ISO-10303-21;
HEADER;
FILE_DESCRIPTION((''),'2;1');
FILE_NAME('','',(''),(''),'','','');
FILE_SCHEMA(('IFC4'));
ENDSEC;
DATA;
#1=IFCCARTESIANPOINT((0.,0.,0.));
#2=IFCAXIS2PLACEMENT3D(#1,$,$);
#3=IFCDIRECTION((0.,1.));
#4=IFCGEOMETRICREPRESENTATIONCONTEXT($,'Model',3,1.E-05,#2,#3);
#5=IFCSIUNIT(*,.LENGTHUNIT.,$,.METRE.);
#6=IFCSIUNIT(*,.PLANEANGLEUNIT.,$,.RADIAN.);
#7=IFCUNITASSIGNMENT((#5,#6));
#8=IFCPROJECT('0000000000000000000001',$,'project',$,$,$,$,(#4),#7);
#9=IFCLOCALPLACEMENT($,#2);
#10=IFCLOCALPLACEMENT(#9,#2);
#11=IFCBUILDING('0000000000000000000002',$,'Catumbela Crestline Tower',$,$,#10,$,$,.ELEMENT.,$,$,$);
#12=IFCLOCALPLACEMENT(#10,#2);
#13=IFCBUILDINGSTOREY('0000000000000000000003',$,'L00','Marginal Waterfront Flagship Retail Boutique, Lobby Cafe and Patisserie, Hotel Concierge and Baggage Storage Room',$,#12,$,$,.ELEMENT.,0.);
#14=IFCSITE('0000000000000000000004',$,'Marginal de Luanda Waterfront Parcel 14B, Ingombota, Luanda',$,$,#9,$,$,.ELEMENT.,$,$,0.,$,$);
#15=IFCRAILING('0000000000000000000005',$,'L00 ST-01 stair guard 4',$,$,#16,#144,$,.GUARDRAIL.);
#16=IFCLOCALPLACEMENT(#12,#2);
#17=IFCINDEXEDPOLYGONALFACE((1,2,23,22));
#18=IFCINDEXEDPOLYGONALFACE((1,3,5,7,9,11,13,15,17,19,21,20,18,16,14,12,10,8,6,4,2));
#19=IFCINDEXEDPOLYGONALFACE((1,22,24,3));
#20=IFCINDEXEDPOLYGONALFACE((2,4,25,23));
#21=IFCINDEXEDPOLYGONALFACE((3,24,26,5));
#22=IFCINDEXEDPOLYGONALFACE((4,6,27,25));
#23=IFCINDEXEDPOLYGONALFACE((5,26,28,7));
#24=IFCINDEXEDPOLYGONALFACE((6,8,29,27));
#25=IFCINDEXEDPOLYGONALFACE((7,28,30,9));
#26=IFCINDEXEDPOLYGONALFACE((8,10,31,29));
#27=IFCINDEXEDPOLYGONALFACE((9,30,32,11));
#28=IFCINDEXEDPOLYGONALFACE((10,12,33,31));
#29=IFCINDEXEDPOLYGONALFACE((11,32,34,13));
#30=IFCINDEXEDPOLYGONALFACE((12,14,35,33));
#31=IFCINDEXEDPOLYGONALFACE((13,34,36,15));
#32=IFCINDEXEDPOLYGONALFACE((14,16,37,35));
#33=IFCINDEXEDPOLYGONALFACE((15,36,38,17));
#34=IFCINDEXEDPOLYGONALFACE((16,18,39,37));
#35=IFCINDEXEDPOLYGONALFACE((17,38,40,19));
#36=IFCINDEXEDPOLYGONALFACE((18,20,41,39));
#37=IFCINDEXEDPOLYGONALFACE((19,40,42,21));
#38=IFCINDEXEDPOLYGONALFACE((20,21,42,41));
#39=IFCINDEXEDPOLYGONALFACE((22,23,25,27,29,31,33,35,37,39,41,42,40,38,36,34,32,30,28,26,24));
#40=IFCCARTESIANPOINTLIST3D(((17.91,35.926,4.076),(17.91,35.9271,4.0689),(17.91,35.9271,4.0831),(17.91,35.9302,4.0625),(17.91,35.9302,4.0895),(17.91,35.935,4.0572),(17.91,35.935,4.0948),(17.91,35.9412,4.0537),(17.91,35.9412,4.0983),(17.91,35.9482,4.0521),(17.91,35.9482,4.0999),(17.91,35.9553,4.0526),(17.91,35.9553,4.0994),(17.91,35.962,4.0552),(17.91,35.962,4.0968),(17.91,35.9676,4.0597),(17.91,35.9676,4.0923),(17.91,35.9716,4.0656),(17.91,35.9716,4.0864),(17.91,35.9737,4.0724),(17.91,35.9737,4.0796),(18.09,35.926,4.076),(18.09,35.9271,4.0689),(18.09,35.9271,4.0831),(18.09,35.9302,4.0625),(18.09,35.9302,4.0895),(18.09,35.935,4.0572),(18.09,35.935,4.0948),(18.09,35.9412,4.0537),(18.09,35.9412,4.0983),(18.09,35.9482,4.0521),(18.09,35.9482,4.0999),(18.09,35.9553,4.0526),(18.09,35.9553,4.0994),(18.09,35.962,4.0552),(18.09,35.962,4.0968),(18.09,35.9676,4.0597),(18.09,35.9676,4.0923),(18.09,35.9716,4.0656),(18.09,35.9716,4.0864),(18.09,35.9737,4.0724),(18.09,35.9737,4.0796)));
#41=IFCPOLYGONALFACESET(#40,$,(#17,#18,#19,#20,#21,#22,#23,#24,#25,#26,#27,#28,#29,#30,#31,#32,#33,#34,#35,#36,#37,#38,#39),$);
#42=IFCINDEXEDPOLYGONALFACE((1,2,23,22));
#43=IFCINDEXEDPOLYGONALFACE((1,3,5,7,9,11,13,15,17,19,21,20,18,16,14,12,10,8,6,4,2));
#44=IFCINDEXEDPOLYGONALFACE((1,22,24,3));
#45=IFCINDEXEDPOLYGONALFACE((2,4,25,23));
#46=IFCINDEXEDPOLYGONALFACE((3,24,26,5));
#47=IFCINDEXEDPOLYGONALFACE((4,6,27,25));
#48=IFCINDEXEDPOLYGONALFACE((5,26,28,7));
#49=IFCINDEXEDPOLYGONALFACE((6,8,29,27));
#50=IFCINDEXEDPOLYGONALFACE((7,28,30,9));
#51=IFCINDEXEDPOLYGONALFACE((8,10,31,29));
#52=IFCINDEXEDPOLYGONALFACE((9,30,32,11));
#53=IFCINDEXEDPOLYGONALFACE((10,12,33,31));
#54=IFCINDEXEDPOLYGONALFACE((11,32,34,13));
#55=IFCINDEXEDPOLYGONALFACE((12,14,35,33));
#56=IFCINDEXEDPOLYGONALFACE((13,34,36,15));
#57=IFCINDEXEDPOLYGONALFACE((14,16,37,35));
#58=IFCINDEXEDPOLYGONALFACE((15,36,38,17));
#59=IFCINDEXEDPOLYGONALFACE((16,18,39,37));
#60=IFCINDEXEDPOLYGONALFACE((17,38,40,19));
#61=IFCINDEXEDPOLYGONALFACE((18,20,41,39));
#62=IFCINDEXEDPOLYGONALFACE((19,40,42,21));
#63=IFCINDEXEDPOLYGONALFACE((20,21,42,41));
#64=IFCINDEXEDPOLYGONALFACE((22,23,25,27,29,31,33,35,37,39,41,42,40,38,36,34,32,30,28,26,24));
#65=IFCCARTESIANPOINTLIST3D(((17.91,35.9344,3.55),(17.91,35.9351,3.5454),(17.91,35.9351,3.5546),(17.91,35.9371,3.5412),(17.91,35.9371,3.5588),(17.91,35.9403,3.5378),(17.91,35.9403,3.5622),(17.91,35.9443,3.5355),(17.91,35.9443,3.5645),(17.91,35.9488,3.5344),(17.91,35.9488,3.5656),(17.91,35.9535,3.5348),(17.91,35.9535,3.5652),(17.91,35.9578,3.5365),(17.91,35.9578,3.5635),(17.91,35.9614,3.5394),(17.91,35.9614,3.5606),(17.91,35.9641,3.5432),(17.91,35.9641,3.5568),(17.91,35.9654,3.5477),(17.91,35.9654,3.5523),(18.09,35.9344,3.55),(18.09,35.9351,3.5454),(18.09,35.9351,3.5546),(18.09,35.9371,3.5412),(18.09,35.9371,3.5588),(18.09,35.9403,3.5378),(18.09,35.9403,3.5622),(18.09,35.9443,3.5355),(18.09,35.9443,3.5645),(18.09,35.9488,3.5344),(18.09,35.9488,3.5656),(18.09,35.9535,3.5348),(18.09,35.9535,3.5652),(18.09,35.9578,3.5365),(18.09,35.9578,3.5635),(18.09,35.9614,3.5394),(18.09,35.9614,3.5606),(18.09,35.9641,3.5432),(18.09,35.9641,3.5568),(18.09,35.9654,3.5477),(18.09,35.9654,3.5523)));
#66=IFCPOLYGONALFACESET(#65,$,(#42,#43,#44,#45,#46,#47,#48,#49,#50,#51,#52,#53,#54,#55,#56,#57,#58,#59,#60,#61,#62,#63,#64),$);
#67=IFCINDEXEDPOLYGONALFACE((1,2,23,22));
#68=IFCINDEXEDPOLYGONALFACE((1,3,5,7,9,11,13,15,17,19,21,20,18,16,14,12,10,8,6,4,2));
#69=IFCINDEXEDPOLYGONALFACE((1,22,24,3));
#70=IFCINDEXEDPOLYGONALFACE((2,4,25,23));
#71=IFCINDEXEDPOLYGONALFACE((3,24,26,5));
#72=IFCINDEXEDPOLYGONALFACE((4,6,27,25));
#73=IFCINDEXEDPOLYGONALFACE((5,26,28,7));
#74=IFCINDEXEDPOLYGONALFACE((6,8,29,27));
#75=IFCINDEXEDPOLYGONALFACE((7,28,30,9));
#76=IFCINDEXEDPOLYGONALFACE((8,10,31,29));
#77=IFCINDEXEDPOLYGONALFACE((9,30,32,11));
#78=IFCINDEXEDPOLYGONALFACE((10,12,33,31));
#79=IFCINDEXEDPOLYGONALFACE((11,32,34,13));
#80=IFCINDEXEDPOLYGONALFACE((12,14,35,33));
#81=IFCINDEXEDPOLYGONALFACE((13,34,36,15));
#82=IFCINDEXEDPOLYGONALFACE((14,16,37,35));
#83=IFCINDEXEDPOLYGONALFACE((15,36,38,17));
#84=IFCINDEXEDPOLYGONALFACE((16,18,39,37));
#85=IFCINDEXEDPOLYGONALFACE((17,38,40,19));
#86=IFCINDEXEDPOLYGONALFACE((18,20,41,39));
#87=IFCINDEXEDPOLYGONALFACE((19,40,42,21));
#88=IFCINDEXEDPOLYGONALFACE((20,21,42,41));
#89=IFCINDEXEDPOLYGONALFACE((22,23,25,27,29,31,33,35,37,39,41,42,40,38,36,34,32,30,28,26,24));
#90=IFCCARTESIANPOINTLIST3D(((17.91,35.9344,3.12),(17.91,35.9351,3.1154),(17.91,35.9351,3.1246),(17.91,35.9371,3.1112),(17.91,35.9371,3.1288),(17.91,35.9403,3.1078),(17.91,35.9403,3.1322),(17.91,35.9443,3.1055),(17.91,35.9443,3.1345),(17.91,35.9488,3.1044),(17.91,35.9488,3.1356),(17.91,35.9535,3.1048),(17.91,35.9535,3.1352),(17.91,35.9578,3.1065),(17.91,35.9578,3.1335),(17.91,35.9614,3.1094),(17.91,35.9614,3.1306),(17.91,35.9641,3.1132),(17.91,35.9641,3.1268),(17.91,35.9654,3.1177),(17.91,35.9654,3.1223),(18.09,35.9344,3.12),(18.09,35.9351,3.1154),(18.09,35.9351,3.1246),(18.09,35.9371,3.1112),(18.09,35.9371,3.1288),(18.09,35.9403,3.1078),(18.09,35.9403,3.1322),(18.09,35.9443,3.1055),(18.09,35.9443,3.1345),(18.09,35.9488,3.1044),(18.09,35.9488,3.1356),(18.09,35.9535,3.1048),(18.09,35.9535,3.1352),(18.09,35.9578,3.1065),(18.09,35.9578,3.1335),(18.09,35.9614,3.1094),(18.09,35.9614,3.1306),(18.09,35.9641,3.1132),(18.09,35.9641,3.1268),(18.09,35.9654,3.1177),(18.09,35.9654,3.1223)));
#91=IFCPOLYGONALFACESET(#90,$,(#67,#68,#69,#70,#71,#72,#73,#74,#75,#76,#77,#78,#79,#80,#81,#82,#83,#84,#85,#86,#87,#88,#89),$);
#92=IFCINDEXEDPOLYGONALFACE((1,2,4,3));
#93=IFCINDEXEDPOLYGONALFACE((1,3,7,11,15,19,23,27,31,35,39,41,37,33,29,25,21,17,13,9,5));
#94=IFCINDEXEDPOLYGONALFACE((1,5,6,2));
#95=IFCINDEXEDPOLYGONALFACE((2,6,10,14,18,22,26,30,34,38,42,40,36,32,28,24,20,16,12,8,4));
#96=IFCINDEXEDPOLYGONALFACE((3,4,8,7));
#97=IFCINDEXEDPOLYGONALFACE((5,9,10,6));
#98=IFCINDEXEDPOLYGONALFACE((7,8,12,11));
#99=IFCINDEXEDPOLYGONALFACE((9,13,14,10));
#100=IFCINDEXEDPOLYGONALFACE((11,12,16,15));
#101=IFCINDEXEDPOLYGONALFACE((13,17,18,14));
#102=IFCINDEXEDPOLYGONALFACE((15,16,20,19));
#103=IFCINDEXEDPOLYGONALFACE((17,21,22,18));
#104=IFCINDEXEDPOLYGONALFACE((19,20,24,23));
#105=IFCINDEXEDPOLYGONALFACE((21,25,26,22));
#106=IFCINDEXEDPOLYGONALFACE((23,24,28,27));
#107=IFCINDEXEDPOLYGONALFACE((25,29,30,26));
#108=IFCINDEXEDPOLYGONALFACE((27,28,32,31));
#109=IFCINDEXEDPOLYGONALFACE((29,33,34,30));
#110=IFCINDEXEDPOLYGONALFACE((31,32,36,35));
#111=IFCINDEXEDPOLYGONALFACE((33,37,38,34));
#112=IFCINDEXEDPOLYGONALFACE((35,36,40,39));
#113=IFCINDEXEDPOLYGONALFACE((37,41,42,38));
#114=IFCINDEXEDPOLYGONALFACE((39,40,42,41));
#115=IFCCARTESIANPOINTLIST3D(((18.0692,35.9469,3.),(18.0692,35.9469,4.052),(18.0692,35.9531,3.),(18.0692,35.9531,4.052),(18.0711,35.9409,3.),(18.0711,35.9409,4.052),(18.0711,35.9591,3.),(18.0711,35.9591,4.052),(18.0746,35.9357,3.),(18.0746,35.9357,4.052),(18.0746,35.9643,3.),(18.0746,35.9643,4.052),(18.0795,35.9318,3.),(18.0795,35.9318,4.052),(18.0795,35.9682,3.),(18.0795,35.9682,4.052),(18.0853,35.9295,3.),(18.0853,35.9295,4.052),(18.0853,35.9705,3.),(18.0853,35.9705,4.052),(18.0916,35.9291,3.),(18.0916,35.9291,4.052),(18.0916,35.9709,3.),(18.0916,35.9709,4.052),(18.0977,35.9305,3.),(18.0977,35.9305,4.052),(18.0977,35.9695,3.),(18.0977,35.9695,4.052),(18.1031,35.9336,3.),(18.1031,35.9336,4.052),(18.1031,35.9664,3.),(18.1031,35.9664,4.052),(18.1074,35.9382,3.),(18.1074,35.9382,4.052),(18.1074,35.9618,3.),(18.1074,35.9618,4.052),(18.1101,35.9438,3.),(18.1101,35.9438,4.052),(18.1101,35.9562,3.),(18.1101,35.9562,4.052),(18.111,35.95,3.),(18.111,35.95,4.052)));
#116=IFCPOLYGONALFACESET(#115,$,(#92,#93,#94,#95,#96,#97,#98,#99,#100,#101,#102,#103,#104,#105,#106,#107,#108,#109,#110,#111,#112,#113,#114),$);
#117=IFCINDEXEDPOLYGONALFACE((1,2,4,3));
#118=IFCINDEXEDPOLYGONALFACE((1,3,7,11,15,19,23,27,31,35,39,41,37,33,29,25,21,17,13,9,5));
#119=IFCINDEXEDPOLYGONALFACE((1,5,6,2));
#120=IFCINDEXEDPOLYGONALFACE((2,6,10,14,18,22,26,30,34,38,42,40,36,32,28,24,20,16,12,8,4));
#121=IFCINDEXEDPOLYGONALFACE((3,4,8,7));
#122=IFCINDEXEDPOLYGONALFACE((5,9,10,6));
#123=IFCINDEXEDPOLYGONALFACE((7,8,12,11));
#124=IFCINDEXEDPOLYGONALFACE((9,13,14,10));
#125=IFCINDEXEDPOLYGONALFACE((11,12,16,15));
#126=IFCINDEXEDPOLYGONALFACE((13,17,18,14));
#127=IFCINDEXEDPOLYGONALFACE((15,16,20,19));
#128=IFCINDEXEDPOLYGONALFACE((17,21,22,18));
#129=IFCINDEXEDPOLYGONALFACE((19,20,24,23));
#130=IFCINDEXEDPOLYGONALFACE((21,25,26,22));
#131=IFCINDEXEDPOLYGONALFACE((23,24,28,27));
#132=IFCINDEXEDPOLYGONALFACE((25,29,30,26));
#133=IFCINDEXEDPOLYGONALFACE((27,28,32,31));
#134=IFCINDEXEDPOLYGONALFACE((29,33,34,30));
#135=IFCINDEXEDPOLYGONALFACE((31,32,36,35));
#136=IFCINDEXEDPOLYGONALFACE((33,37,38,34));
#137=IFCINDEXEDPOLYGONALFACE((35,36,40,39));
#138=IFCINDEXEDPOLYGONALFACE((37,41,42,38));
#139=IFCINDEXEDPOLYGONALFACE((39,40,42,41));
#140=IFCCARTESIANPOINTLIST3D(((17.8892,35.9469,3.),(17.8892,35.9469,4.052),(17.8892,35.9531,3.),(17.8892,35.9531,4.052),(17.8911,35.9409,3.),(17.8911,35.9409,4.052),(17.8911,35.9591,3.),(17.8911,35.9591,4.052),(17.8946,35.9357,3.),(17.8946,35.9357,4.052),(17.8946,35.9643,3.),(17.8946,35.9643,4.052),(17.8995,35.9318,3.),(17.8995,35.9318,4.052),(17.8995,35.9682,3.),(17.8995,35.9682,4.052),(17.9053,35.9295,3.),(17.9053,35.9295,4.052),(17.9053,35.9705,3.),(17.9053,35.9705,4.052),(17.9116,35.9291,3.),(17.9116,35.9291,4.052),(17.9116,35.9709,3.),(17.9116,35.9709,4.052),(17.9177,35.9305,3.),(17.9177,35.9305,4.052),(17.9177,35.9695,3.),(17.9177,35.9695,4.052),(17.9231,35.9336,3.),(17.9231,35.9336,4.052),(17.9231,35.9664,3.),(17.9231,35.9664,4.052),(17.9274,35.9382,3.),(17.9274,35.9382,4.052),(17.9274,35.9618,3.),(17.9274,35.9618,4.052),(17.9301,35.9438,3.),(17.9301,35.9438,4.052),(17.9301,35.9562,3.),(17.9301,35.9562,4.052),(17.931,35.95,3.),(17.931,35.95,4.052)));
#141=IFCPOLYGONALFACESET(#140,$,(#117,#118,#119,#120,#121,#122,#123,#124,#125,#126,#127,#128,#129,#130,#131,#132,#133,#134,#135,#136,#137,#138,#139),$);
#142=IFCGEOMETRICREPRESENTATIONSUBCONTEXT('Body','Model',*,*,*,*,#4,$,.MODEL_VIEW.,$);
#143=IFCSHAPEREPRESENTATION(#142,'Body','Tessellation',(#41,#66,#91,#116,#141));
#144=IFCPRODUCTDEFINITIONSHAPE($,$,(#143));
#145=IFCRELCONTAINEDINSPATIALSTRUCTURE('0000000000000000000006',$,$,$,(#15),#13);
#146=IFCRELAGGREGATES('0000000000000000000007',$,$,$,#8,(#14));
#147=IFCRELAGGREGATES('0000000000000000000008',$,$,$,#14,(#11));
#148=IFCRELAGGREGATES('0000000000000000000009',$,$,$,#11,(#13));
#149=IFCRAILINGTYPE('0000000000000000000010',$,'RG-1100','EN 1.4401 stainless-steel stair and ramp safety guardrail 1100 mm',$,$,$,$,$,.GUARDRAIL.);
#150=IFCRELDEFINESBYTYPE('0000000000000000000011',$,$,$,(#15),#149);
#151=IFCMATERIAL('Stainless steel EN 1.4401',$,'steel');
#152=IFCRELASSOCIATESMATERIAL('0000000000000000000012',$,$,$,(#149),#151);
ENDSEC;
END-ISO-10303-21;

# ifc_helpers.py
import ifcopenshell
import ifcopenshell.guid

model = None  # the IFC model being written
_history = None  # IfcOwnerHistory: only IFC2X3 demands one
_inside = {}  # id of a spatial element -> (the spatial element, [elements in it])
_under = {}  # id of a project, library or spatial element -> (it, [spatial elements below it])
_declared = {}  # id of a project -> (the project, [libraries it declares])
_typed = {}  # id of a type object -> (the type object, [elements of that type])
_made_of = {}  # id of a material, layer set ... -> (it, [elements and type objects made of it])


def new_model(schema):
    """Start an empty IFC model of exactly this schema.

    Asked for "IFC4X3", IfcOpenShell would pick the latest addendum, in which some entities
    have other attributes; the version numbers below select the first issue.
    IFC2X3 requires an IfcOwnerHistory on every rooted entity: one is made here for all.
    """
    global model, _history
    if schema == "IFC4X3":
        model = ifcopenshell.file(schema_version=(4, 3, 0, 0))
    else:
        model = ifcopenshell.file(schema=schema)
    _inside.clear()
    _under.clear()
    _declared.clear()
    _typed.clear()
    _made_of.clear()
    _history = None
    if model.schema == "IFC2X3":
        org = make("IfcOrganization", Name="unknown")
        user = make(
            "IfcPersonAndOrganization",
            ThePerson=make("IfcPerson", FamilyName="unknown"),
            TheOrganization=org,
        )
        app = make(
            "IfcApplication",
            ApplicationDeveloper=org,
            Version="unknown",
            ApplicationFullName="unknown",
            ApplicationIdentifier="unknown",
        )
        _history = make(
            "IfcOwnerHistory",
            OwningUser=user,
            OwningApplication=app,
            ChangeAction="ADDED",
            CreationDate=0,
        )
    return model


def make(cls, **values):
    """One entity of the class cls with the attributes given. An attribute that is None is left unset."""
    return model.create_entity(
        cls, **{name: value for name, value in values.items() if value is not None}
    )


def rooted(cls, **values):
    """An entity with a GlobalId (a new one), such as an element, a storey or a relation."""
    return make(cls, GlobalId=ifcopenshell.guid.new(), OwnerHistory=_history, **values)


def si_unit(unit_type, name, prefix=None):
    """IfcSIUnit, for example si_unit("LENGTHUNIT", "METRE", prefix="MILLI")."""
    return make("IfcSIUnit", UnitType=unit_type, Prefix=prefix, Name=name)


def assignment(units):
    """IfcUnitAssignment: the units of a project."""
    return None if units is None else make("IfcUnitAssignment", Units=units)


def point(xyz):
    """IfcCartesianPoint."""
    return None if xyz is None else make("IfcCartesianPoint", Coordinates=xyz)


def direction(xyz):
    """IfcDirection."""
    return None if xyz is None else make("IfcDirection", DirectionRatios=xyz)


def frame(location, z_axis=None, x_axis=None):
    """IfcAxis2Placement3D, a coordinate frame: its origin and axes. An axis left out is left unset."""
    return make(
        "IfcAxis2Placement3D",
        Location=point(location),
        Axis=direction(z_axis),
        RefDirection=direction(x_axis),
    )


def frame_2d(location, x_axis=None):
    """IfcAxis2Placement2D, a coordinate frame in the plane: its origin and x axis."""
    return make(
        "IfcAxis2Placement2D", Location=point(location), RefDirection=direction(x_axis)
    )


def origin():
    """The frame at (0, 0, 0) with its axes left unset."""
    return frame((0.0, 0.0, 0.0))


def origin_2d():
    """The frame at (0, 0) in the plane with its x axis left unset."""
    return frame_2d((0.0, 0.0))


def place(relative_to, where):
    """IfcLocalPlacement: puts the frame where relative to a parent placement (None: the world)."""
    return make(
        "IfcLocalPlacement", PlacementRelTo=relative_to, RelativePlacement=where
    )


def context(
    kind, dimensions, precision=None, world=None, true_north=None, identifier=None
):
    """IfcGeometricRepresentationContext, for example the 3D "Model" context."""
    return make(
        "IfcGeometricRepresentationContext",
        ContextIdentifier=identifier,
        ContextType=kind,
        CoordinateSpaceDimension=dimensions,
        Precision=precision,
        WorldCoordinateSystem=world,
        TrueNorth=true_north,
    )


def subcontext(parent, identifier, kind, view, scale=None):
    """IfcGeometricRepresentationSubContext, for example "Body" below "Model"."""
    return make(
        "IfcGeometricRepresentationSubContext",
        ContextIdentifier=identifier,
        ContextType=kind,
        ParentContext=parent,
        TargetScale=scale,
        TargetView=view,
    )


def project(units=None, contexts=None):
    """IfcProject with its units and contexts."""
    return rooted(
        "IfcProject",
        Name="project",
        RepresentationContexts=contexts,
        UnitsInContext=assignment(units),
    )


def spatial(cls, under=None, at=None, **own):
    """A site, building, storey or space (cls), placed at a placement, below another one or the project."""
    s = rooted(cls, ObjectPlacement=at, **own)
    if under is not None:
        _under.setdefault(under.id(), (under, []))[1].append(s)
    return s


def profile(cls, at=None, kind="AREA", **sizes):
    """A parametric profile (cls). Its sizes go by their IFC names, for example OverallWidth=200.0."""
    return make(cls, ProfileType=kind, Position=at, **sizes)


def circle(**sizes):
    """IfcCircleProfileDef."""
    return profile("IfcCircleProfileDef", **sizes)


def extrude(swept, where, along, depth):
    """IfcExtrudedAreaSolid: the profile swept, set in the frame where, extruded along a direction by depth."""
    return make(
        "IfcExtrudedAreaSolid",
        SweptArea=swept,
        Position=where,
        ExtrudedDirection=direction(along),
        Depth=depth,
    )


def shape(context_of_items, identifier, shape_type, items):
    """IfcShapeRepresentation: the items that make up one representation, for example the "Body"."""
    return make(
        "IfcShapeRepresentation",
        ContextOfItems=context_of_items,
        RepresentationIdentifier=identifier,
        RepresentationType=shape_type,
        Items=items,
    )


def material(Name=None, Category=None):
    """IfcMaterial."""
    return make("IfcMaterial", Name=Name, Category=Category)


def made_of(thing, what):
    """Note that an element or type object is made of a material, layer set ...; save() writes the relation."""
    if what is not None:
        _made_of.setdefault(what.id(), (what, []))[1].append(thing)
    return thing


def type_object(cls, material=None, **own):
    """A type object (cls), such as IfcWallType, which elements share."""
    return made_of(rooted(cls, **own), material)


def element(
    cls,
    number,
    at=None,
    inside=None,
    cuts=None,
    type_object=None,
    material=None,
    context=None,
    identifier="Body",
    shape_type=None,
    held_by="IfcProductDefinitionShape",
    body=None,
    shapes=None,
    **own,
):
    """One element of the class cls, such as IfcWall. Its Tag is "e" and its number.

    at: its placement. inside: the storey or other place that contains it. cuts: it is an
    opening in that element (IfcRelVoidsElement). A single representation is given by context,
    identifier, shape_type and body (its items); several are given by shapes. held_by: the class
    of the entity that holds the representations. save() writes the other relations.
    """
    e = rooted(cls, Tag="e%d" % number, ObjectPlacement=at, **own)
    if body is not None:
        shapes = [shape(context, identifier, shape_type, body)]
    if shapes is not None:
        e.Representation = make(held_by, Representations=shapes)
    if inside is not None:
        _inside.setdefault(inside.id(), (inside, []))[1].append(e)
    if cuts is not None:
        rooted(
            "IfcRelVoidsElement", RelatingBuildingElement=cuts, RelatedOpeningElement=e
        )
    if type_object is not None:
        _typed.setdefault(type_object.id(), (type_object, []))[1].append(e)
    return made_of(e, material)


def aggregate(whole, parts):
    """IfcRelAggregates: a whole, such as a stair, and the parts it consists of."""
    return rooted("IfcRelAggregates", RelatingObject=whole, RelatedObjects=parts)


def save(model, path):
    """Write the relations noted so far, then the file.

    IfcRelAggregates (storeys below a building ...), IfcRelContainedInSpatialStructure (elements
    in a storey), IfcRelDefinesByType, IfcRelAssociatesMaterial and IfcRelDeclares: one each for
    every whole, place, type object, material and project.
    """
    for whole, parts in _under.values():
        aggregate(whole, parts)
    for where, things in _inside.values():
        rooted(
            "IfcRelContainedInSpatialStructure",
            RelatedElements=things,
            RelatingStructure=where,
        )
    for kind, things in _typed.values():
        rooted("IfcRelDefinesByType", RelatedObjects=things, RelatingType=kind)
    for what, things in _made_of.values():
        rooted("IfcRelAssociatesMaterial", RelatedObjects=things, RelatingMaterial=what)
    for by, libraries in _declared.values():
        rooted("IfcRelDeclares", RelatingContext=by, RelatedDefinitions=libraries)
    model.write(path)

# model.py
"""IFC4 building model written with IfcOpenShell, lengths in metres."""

from ifc_helpers import new_model, si_unit, direction, frame, origin, origin_2d, place, context, subcontext, project, spatial, circle, extrude, material, type_object, element, save


model = new_model("IFC4")

# Units and contexts
model_context = context("Model", 3, precision=1e-05, world=origin(), true_north=direction((0.0, 1.0)))
body_context = subcontext(model_context, "Body", "Model", "MODEL_VIEW")
ifc_project = project(units=[si_unit("LENGTHUNIT", "METRE"), si_unit("PLANEANGLEUNIT", "RADIAN")], contexts=[model_context])

# Site, building, storey
site_placement = place(None, origin())
site = spatial("IfcSite", under=ifc_project, at=site_placement, Name="Marginal de Luanda Waterfront Parcel 14B, Ingombota, Luanda", CompositionType="ELEMENT", RefElevation=0.0)
building_placement = place(site_placement, origin())
building = spatial("IfcBuilding", under=site, at=building_placement, Name="Catumbela Crestline Tower", CompositionType="ELEMENT")
storey_placement = place(building_placement, origin())
storey = spatial("IfcBuildingStorey", under=building, at=storey_placement, Name="L00", Description="Marginal Waterfront Flagship Retail Boutique, Lobby Cafe and Patisserie, Hotel Concierge and Baggage Storage Room", CompositionType="ELEMENT", Elevation=0.0)

# Shared definitions
ifc_material_1 = material(Name="Stainless steel EN 1.4401", Category="steel")

# Railing
railing_type_1 = type_object("IfcRailingType", Name="RG-1100", Description="EN 1.4401 stainless-steel stair and ramp safety guardrail 1100 mm", PredefinedType="GUARDRAIL", material=ifc_material_1)
railing_1_placement = place(storey_placement, frame((18.09, 35.95, 3.0)))
element("IfcRailing", 1, at=railing_1_placement, inside=storey, type_object=railing_type_1, Name="L00 ST-01 stair guard 4", PredefinedType="GUARDRAIL", context=body_context, shape_type="SweptSolid", body=[
    extrude(circle(Radius=0.024, at=origin_2d()), frame((0.0, 0.0, 1.076), z_axis=(-1.0, 0.0, 0.0), x_axis=(0.0, -1.0, 0.0)), (0.0, 0.0, 1.0), 0.18),
    extrude(circle(Radius=0.0156, at=origin_2d()), frame((0.0, 0.0, 0.55), z_axis=(-1.0, 0.0, 0.0), x_axis=(0.0, -1.0, 0.0)), (0.0, 0.0, 1.0), 0.18),
    extrude(circle(Radius=0.0156, at=origin_2d()), frame((0.0, 0.0, 0.12), z_axis=(-1.0, 0.0, 0.0), x_axis=(0.0, -1.0, 0.0)), (0.0, 0.0, 1.0), 0.18),
    extrude(circle(Radius=0.021, at=origin_2d()), origin(), (0.0, 0.0, 1.0), 1.052),
    extrude(circle(Radius=0.021, at=origin_2d()), frame((-0.18, 0.0, 0.0)), (0.0, 0.0, 1.0), 1.052),
])

save(model, "model.ifc")
